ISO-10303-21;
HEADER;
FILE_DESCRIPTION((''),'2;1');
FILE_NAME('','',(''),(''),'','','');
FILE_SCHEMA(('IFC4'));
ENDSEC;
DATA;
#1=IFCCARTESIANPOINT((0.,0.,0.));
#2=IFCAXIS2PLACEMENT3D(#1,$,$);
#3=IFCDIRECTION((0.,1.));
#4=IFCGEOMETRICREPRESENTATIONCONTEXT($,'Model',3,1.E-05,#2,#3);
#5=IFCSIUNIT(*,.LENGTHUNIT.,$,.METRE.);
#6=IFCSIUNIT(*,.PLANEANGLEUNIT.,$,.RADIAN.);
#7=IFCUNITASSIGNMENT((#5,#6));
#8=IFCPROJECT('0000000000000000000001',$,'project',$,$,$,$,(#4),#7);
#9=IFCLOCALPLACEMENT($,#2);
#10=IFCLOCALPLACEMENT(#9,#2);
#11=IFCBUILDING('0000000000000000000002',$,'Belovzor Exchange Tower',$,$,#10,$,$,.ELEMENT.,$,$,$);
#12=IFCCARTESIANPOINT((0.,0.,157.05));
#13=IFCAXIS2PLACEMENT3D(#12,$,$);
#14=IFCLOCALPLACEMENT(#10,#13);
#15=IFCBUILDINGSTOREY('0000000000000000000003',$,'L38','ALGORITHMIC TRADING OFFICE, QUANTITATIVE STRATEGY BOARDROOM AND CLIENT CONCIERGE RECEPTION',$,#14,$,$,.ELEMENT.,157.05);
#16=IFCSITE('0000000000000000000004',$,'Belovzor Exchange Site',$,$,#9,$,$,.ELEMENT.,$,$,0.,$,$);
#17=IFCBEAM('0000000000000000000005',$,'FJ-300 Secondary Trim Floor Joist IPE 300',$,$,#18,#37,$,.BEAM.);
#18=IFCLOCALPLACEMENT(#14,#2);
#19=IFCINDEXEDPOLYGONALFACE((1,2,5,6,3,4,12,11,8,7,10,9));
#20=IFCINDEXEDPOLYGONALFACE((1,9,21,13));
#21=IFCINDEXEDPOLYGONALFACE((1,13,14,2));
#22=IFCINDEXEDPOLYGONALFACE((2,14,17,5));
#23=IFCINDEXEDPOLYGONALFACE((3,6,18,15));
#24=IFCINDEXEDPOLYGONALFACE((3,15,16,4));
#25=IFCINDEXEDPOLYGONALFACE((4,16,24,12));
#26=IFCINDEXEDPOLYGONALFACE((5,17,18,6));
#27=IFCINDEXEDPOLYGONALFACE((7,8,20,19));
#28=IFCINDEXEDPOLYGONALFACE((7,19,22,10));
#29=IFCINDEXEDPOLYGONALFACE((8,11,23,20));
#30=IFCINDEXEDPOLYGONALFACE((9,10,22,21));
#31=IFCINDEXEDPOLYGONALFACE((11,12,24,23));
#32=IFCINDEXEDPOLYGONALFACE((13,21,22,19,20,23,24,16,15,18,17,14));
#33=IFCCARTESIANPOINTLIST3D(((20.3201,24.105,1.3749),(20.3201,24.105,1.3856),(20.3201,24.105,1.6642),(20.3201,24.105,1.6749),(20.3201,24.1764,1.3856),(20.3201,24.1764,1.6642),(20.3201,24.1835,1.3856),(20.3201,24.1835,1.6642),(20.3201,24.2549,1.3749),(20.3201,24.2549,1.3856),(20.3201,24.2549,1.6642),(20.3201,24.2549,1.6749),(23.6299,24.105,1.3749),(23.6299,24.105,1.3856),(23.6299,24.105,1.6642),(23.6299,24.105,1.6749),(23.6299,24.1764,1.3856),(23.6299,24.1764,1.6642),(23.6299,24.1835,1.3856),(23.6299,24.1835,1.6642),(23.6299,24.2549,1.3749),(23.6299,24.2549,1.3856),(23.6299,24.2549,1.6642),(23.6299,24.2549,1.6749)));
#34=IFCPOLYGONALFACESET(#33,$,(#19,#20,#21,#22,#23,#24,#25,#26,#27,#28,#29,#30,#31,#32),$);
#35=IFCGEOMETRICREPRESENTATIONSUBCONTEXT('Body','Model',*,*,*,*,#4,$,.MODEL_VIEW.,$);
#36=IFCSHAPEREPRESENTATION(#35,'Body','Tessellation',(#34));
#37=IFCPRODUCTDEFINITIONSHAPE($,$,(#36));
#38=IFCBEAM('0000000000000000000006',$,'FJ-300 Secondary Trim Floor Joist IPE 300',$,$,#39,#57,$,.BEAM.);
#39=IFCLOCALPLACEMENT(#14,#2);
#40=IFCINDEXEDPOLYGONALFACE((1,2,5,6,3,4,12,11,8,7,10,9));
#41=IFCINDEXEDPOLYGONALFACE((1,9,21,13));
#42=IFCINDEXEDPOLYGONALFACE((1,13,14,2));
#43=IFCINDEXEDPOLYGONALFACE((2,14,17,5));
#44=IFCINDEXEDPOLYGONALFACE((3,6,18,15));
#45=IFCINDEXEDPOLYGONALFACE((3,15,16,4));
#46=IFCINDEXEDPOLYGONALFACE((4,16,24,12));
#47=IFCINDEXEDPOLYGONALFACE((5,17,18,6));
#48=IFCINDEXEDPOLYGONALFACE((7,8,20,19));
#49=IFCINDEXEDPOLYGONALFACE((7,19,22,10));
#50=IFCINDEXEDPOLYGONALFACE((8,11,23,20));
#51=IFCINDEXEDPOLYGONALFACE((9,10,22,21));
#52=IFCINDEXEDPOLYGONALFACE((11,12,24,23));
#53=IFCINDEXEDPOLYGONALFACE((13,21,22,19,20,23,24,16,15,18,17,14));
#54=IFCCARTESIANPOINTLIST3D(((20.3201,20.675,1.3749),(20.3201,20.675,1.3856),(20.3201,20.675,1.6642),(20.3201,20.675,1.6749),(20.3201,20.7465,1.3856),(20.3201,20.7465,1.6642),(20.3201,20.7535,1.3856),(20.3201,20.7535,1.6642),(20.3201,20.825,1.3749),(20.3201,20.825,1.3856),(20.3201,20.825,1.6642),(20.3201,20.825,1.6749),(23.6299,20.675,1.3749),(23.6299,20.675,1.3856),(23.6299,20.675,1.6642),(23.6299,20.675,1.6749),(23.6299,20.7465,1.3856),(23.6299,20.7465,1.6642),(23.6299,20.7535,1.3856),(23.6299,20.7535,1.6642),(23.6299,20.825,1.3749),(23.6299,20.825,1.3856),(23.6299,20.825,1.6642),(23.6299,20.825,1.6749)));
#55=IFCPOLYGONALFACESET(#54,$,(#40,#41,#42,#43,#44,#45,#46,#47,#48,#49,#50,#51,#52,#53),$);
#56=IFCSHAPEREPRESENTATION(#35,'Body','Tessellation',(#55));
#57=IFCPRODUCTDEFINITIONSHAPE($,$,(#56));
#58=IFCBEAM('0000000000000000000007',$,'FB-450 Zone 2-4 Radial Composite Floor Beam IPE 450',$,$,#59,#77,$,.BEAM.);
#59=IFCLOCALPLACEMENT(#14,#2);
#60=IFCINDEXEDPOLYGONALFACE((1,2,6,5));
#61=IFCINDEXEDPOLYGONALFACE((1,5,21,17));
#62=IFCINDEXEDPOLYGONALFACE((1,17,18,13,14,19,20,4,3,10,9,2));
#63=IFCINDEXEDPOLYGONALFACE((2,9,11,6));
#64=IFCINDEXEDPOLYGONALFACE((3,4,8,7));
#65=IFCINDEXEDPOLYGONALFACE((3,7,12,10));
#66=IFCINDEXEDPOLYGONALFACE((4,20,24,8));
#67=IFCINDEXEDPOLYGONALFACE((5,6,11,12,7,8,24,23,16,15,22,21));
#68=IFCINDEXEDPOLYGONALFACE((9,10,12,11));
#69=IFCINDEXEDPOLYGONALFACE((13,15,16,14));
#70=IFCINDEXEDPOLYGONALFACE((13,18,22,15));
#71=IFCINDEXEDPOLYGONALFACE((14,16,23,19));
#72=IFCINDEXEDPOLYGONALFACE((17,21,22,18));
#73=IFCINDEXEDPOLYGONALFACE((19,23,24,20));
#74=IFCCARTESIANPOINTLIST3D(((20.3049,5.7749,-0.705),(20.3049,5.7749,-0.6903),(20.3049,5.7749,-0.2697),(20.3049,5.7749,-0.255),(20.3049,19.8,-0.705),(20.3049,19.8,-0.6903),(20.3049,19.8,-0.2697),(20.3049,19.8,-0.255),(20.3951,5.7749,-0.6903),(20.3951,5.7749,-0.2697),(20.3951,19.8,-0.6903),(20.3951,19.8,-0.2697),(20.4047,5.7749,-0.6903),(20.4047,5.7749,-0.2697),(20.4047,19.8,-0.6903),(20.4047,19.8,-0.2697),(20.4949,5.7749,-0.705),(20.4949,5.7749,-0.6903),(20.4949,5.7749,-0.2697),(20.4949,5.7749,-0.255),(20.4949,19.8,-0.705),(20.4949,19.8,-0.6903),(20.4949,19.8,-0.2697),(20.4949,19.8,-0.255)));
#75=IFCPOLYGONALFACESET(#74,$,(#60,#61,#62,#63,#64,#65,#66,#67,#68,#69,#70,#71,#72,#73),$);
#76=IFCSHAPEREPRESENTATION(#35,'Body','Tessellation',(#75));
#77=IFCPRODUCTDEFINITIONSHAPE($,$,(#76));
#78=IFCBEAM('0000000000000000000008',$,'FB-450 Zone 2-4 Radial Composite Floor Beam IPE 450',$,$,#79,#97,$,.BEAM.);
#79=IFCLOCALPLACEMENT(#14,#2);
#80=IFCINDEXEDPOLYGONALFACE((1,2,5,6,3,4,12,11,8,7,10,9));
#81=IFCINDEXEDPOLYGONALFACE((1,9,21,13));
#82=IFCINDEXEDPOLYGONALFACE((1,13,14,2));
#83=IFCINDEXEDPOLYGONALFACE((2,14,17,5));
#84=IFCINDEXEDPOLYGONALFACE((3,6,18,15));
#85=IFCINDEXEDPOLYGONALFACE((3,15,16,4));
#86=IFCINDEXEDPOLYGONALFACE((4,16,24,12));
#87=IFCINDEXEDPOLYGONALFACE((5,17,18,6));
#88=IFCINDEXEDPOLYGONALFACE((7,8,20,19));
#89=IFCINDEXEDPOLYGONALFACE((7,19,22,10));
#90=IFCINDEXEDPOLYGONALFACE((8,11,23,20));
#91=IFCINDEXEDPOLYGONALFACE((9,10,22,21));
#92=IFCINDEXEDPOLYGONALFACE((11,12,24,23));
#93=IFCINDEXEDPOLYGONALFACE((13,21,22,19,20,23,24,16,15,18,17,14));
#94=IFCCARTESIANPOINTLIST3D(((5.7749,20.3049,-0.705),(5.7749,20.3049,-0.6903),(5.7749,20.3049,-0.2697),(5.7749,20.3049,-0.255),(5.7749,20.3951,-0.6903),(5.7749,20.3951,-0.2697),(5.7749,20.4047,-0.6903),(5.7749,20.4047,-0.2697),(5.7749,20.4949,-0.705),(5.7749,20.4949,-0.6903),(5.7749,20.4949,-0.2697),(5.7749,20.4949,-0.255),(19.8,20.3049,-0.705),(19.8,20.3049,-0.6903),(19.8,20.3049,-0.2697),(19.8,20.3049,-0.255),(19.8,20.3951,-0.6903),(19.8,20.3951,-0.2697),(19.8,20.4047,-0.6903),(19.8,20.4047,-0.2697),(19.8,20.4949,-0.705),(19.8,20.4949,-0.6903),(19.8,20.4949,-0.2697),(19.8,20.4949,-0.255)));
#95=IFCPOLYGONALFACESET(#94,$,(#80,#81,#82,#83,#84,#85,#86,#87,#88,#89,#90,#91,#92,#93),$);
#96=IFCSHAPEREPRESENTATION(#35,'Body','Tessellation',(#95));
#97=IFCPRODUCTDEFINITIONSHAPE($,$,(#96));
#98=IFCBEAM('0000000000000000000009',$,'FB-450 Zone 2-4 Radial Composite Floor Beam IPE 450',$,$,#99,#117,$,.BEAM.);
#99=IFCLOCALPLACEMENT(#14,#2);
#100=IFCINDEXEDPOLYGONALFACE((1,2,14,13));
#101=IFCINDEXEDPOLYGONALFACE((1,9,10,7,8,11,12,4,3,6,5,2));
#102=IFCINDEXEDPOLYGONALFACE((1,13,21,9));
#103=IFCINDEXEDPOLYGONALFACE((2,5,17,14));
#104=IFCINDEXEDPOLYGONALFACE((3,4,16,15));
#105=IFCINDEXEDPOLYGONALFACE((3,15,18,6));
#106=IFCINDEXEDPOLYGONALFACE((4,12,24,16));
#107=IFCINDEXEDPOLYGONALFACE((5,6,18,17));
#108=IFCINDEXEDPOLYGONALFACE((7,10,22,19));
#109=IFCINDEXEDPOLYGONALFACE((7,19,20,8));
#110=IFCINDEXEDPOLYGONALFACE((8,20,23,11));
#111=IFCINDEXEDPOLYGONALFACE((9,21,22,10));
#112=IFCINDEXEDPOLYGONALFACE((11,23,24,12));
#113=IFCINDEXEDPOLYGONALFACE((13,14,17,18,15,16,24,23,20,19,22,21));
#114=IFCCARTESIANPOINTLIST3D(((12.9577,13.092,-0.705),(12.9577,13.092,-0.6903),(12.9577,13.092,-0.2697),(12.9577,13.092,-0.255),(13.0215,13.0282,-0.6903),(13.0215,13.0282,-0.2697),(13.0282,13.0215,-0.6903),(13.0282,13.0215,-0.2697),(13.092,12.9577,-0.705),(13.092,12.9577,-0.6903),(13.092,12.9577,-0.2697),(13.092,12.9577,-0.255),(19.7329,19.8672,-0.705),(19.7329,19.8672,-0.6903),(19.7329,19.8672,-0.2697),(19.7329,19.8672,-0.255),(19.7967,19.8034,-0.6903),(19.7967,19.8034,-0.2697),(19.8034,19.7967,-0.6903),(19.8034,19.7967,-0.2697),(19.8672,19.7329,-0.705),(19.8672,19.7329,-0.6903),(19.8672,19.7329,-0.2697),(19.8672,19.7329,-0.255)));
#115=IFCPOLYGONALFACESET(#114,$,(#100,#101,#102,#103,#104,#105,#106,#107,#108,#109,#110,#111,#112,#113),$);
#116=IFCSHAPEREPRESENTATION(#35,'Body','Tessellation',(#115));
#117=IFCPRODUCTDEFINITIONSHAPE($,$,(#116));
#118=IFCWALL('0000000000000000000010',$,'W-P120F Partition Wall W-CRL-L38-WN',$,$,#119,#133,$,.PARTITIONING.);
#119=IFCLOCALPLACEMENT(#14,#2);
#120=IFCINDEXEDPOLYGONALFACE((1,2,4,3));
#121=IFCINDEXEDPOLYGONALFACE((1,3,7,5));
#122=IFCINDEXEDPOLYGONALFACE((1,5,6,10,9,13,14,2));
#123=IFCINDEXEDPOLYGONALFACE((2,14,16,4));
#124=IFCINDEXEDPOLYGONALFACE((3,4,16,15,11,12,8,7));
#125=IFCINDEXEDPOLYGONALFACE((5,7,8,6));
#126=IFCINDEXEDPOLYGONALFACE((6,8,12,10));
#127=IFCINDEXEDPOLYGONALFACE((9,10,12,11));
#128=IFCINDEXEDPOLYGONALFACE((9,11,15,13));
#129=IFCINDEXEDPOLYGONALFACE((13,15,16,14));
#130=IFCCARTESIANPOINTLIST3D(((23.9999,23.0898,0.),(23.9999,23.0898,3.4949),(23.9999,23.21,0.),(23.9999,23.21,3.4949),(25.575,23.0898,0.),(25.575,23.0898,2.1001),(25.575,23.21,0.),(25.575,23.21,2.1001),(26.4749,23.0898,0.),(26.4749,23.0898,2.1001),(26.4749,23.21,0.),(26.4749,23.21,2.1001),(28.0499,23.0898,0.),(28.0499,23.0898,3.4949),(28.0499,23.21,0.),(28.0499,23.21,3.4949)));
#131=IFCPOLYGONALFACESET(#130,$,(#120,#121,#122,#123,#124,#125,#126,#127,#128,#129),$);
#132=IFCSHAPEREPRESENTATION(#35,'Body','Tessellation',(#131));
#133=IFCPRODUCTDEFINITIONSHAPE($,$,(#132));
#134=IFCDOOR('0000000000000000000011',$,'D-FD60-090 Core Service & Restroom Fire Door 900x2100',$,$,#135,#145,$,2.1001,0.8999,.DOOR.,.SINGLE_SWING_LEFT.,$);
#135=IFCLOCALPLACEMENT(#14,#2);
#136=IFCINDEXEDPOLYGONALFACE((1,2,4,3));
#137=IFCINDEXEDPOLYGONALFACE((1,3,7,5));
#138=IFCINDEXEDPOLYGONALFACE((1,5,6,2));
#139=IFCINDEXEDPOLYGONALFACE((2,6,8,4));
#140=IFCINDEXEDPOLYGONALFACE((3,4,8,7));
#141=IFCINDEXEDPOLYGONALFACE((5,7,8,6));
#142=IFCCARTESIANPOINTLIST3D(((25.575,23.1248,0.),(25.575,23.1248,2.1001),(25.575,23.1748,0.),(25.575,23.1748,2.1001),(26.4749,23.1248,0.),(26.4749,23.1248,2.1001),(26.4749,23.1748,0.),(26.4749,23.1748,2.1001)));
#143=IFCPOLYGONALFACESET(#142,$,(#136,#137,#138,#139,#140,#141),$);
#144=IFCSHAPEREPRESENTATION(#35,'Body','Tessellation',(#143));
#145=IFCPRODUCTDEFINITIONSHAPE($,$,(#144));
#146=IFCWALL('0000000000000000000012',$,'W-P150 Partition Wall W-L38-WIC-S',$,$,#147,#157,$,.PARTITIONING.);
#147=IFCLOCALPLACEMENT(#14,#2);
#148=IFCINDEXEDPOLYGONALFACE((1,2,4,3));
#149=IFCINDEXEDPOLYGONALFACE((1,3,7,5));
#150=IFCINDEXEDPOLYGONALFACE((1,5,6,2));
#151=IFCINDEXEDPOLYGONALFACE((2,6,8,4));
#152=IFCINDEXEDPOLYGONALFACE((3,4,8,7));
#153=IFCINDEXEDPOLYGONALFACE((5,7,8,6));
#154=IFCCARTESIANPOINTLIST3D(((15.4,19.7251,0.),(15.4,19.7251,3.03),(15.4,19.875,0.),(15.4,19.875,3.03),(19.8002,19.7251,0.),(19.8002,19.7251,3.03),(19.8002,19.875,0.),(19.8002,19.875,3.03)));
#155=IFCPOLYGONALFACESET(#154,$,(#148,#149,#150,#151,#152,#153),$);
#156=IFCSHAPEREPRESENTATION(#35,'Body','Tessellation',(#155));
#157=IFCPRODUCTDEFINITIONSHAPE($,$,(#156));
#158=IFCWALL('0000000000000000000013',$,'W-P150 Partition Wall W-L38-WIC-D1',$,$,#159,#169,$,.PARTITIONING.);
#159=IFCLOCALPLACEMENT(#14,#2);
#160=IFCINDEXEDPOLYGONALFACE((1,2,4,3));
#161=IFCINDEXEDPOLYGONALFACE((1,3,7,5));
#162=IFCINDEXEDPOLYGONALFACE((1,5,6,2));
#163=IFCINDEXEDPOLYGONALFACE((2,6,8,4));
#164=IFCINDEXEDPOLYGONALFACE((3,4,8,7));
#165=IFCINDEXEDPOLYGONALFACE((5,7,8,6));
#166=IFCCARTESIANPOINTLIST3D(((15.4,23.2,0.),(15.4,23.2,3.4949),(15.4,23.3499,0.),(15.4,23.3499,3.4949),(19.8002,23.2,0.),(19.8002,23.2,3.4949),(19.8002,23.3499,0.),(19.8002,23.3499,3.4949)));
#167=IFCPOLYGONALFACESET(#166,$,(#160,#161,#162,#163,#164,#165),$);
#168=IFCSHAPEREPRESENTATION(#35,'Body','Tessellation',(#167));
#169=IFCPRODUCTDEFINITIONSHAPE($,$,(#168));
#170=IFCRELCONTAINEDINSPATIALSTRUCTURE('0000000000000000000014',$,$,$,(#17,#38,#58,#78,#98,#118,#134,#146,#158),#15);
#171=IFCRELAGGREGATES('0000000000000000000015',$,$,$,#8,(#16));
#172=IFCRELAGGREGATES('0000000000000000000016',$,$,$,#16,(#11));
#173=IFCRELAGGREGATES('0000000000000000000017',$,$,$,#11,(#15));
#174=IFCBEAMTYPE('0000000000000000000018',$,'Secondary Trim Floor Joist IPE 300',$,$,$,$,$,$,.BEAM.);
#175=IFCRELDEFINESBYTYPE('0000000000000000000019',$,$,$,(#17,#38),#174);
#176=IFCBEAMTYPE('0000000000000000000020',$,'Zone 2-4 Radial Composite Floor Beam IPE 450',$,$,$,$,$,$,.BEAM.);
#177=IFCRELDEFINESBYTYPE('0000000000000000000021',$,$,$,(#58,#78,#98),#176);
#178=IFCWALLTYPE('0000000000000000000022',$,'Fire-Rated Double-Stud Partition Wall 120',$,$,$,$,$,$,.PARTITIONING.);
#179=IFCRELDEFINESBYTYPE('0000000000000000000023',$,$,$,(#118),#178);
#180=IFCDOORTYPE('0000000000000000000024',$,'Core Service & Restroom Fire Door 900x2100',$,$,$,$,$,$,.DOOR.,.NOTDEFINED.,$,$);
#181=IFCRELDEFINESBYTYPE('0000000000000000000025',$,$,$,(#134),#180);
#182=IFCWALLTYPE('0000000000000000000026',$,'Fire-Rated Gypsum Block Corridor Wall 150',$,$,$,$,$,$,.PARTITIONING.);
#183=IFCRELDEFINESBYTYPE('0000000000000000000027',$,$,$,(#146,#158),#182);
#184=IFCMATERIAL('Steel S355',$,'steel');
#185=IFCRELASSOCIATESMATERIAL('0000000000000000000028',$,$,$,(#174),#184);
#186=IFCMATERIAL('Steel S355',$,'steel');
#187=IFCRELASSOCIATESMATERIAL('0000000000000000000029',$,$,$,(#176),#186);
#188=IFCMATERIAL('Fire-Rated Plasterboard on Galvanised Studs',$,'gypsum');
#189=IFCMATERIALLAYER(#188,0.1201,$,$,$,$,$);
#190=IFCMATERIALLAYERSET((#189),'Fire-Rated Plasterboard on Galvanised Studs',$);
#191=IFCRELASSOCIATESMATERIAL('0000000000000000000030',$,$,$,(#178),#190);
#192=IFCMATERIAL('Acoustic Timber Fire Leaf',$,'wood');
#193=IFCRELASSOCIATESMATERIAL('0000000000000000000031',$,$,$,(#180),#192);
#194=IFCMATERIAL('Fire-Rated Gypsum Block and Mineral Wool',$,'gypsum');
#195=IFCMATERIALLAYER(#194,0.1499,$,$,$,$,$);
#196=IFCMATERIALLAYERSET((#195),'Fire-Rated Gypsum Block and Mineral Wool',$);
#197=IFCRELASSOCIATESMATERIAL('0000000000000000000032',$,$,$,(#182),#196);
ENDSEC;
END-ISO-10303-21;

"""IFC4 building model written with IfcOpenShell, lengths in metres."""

from ifc_helpers import new_model, si_unit, direction, frame, frame_2d, origin, origin_2d, place, context, subcontext, project, spatial, rectangle, i_section, extrude, material, layer, layer_set, material_profile, profile_set, type_object, element, fill, save


model = new_model("IFC4")

# Units and contexts
model_context = context("Model", 3, precision=1e-05, world=origin(), true_north=direction((0.0, 1.0)))
body_context = subcontext(model_context, "Body", "Model", "MODEL_VIEW")
ifc_project = project(units=[si_unit("LENGTHUNIT", "METRE"), si_unit("PLANEANGLEUNIT", "RADIAN")], contexts=[model_context])

# Site, building, storey
site_placement = place(None, origin())
site = spatial("IfcSite", under=ifc_project, at=site_placement, Name="Belovzor Exchange Site", CompositionType="ELEMENT", RefElevation=0.0)
building_placement = place(site_placement, origin())
building = spatial("IfcBuilding", under=site, at=building_placement, Name="Belovzor Exchange Tower", CompositionType="ELEMENT")
storey_placement = place(building_placement, frame((0.0, 0.0, 157.05)))
storey = spatial("IfcBuildingStorey", under=building, at=storey_placement, Name="L38", Description="ALGORITHMIC TRADING OFFICE, QUANTITATIVE STRATEGY BOARDROOM AND CLIENT CONCIERGE RECEPTION", CompositionType="ELEMENT", Elevation=157.05)

# Beams
ifc_material_1 = material(Name="Steel S355", Category="steel")
ifc_material_profile_1 = material_profile(ifc_material_1, i_section(OverallWidth=0.1499, OverallDepth=0.3, WebThickness=0.0071, FlangeThickness=0.0107, at=origin_2d()))
ifc_profile_set_1 = profile_set([ifc_material_profile_1], Name="Steel S355")
beam_type_1 = type_object("IfcBeamType", Name="Secondary Trim Floor Joist IPE 300", PredefinedType="BEAM", material=ifc_profile_set_1)
for number, where, z_axis, x_axis, name in (
    (1, (20.3201, 24.1799, 1.5249), (1.0, 0.0, 0.0), (0.0, 1.0, 0.0), "FJ-300 Secondary Trim Floor Joist IPE 300"),
    (2, (20.3201, 20.75, 1.5249), (1.0, 0.0, 0.0), (0.0, 1.0, 0.0), "FJ-300 Secondary Trim Floor Joist IPE 300"),
):
    element("IfcBeam", number, at=place(storey_placement, frame(where, z_axis=z_axis, x_axis=x_axis)), inside=storey, type_object=beam_type_1, Name=name, PredefinedType="BEAM", context=body_context, shape_type="SweptSolid", body=[
        extrude(i_section(OverallWidth=0.1499, OverallDepth=0.3, WebThickness=0.0071, FlangeThickness=0.0107, at=origin_2d()), origin(), (0.0, 0.0, 1.0), 3.3098),
    ])
ifc_material_2 = material(Name="Steel S355", Category="steel")
ifc_material_profile_2 = material_profile(ifc_material_2, i_section(OverallWidth=0.1899, OverallDepth=0.45, WebThickness=0.0095, FlangeThickness=0.0146, at=origin_2d()))
ifc_profile_set_2 = profile_set([ifc_material_profile_2], Name="Steel S355")
beam_type_2 = type_object("IfcBeamType", Name="Zone 2-4 Radial Composite Floor Beam IPE 450", PredefinedType="BEAM", material=ifc_profile_set_2)
for number, where, z_axis, x_axis, name in (
    (3, (20.3999, 19.8, -0.48), (0.0, -1.0, 0.0), (1.0, 0.0, 0.0), "FB-450 Zone 2-4 Radial Composite Floor Beam IPE 450"),
    (4, (19.8, 20.3999, -0.48), (-1.0, 0.0, 0.0), (0.0, -1.0, 0.0), "FB-450 Zone 2-4 Radial Composite Floor Beam IPE 450"),
):
    element("IfcBeam", number, at=place(storey_placement, frame(where, z_axis=z_axis, x_axis=x_axis)), inside=storey, type_object=beam_type_2, Name=name, PredefinedType="BEAM", context=body_context, shape_type="SweptSolid", body=[
        extrude(i_section(OverallWidth=0.1899, OverallDepth=0.45, WebThickness=0.0095, FlangeThickness=0.0146, at=origin_2d()), origin(), (0.0, 0.0, 1.0), 14.0251),
    ])
beam_placement = place(storey_placement, frame((19.8, 19.8, -0.48), z_axis=(-0.707107, -0.707107, 0.0), x_axis=(0.707107, -0.707107, 0.0)))
element("IfcBeam", 5, at=beam_placement, inside=storey, type_object=beam_type_2, Name="FB-450 Zone 2-4 Radial Composite Floor Beam IPE 450", PredefinedType="BEAM", context=body_context, shape_type="SweptSolid", body=[
    extrude(i_section(OverallWidth=0.1899, OverallDepth=0.45, WebThickness=0.0095, FlangeThickness=0.0146, at=origin_2d()), origin(), (0.0, 0.0, 1.0), 9.5815),
])

# Wall, opening, door
ifc_material_3 = material(Name="Fire-Rated Plasterboard on Galvanised Studs", Category="gypsum")
ifc_layer_1 = layer(ifc_material_3, 0.1201)
ifc_layer_set_1 = layer_set([ifc_layer_1], Name="Fire-Rated Plasterboard on Galvanised Studs")
wall_type_1 = type_object("IfcWallType", Name="Fire-Rated Double-Stud Partition Wall 120", PredefinedType="PARTITIONING", material=ifc_layer_set_1)
wall_1_placement = place(storey_placement, frame((24.0, 23.1499, 0.0), z_axis=(0.0, 0.0, 1.0), x_axis=(1.0, 0.0, 0.0)))
wall_1 = element("IfcWall", 6, at=wall_1_placement, inside=storey, type_object=wall_type_1, Name="W-P120F Partition Wall W-CRL-L38-WN", PredefinedType="PARTITIONING", context=body_context, shape_type="SweptSolid", body=[
    extrude(rectangle(XDim=4.05, YDim=0.1201, at=frame_2d((2.0249, 0.0))), origin(), (0.0, 0.0, 1.0), 3.4949),
])
opening_1_placement = place(wall_1_placement, frame((1.575, 0.0, 0.0)))
opening_1 = element("IfcOpeningElement", 7, at=opening_1_placement, cuts=wall_1, PredefinedType="OPENING", context=body_context, shape_type="SweptSolid", body=[
    extrude(rectangle(XDim=0.8999, YDim=2.1001, at=frame_2d((0.45, 1.05))), frame((0.0, 0.0701, 0.0), z_axis=(0.0, -1.0, 0.0), x_axis=(1.0, 0.0, 0.0)), (0.0, 0.0, 1.0), 0.1401),
])
ifc_material_4 = material(Name="Acoustic Timber Fire Leaf", Category="wood")
door_type_1 = type_object("IfcDoorType", Name="Core Service & Restroom Fire Door 900x2100", OperationType="NOTDEFINED", PredefinedType="DOOR", material=ifc_material_4)
door_1_placement = place(opening_1_placement, origin())
door_1 = element("IfcDoor", 8, at=door_1_placement, inside=storey, type_object=door_type_1, Name="D-FD60-090 Core Service & Restroom Fire Door 900x2100", OperationType="SINGLE_SWING_LEFT", OverallHeight=2.1001, OverallWidth=0.8999, PredefinedType="DOOR", context=body_context, shape_type="SweptSolid", body=[
    extrude(rectangle(XDim=0.8999, YDim=2.1001, at=frame_2d((0.45, 1.05))), frame((0.0, 0.0249, 0.0), z_axis=(0.0, -1.0, 0.0), x_axis=(1.0, 0.0, 0.0)), (0.0, 0.0, 1.0), 0.05),
])
fill(opening_1, door_1)

# Walls
ifc_material_5 = material(Name="Fire-Rated Gypsum Block and Mineral Wool", Category="gypsum")
ifc_layer_2 = layer(ifc_material_5, 0.1499)
ifc_layer_set_2 = layer_set([ifc_layer_2], Name="Fire-Rated Gypsum Block and Mineral Wool")
wall_type_2 = type_object("IfcWallType", Name="Fire-Rated Gypsum Block Corridor Wall 150", PredefinedType="PARTITIONING", material=ifc_layer_set_2)
wall_2_placement = place(storey_placement, frame((15.3999, 19.8, 0.0), z_axis=(0.0, 0.0, 1.0), x_axis=(1.0, 0.0, 0.0)))
element("IfcWall", 9, at=wall_2_placement, inside=storey, type_object=wall_type_2, Name="W-P150 Partition Wall W-L38-WIC-S", PredefinedType="PARTITIONING", context=body_context, shape_type="SweptSolid", body=[
    extrude(rectangle(XDim=4.4001, YDim=0.1499, at=frame_2d((2.2002, 0.0))), origin(), (0.0, 0.0, 1.0), 3.03),
])
wall_3_placement = place(storey_placement, frame((15.3999, 23.2749, 0.0), z_axis=(0.0, 0.0, 1.0), x_axis=(1.0, 0.0, 0.0)))
element("IfcWall", 10, at=wall_3_placement, inside=storey, type_object=wall_type_2, Name="W-P150 Partition Wall W-L38-WIC-D1", PredefinedType="PARTITIONING", context=body_context, shape_type="SweptSolid", body=[
    extrude(rectangle(XDim=4.4001, YDim=0.1499, at=frame_2d((2.2002, 0.0))), origin(), (0.0, 0.0, 1.0), 3.4949),
])

save(model, "model.ifc")
